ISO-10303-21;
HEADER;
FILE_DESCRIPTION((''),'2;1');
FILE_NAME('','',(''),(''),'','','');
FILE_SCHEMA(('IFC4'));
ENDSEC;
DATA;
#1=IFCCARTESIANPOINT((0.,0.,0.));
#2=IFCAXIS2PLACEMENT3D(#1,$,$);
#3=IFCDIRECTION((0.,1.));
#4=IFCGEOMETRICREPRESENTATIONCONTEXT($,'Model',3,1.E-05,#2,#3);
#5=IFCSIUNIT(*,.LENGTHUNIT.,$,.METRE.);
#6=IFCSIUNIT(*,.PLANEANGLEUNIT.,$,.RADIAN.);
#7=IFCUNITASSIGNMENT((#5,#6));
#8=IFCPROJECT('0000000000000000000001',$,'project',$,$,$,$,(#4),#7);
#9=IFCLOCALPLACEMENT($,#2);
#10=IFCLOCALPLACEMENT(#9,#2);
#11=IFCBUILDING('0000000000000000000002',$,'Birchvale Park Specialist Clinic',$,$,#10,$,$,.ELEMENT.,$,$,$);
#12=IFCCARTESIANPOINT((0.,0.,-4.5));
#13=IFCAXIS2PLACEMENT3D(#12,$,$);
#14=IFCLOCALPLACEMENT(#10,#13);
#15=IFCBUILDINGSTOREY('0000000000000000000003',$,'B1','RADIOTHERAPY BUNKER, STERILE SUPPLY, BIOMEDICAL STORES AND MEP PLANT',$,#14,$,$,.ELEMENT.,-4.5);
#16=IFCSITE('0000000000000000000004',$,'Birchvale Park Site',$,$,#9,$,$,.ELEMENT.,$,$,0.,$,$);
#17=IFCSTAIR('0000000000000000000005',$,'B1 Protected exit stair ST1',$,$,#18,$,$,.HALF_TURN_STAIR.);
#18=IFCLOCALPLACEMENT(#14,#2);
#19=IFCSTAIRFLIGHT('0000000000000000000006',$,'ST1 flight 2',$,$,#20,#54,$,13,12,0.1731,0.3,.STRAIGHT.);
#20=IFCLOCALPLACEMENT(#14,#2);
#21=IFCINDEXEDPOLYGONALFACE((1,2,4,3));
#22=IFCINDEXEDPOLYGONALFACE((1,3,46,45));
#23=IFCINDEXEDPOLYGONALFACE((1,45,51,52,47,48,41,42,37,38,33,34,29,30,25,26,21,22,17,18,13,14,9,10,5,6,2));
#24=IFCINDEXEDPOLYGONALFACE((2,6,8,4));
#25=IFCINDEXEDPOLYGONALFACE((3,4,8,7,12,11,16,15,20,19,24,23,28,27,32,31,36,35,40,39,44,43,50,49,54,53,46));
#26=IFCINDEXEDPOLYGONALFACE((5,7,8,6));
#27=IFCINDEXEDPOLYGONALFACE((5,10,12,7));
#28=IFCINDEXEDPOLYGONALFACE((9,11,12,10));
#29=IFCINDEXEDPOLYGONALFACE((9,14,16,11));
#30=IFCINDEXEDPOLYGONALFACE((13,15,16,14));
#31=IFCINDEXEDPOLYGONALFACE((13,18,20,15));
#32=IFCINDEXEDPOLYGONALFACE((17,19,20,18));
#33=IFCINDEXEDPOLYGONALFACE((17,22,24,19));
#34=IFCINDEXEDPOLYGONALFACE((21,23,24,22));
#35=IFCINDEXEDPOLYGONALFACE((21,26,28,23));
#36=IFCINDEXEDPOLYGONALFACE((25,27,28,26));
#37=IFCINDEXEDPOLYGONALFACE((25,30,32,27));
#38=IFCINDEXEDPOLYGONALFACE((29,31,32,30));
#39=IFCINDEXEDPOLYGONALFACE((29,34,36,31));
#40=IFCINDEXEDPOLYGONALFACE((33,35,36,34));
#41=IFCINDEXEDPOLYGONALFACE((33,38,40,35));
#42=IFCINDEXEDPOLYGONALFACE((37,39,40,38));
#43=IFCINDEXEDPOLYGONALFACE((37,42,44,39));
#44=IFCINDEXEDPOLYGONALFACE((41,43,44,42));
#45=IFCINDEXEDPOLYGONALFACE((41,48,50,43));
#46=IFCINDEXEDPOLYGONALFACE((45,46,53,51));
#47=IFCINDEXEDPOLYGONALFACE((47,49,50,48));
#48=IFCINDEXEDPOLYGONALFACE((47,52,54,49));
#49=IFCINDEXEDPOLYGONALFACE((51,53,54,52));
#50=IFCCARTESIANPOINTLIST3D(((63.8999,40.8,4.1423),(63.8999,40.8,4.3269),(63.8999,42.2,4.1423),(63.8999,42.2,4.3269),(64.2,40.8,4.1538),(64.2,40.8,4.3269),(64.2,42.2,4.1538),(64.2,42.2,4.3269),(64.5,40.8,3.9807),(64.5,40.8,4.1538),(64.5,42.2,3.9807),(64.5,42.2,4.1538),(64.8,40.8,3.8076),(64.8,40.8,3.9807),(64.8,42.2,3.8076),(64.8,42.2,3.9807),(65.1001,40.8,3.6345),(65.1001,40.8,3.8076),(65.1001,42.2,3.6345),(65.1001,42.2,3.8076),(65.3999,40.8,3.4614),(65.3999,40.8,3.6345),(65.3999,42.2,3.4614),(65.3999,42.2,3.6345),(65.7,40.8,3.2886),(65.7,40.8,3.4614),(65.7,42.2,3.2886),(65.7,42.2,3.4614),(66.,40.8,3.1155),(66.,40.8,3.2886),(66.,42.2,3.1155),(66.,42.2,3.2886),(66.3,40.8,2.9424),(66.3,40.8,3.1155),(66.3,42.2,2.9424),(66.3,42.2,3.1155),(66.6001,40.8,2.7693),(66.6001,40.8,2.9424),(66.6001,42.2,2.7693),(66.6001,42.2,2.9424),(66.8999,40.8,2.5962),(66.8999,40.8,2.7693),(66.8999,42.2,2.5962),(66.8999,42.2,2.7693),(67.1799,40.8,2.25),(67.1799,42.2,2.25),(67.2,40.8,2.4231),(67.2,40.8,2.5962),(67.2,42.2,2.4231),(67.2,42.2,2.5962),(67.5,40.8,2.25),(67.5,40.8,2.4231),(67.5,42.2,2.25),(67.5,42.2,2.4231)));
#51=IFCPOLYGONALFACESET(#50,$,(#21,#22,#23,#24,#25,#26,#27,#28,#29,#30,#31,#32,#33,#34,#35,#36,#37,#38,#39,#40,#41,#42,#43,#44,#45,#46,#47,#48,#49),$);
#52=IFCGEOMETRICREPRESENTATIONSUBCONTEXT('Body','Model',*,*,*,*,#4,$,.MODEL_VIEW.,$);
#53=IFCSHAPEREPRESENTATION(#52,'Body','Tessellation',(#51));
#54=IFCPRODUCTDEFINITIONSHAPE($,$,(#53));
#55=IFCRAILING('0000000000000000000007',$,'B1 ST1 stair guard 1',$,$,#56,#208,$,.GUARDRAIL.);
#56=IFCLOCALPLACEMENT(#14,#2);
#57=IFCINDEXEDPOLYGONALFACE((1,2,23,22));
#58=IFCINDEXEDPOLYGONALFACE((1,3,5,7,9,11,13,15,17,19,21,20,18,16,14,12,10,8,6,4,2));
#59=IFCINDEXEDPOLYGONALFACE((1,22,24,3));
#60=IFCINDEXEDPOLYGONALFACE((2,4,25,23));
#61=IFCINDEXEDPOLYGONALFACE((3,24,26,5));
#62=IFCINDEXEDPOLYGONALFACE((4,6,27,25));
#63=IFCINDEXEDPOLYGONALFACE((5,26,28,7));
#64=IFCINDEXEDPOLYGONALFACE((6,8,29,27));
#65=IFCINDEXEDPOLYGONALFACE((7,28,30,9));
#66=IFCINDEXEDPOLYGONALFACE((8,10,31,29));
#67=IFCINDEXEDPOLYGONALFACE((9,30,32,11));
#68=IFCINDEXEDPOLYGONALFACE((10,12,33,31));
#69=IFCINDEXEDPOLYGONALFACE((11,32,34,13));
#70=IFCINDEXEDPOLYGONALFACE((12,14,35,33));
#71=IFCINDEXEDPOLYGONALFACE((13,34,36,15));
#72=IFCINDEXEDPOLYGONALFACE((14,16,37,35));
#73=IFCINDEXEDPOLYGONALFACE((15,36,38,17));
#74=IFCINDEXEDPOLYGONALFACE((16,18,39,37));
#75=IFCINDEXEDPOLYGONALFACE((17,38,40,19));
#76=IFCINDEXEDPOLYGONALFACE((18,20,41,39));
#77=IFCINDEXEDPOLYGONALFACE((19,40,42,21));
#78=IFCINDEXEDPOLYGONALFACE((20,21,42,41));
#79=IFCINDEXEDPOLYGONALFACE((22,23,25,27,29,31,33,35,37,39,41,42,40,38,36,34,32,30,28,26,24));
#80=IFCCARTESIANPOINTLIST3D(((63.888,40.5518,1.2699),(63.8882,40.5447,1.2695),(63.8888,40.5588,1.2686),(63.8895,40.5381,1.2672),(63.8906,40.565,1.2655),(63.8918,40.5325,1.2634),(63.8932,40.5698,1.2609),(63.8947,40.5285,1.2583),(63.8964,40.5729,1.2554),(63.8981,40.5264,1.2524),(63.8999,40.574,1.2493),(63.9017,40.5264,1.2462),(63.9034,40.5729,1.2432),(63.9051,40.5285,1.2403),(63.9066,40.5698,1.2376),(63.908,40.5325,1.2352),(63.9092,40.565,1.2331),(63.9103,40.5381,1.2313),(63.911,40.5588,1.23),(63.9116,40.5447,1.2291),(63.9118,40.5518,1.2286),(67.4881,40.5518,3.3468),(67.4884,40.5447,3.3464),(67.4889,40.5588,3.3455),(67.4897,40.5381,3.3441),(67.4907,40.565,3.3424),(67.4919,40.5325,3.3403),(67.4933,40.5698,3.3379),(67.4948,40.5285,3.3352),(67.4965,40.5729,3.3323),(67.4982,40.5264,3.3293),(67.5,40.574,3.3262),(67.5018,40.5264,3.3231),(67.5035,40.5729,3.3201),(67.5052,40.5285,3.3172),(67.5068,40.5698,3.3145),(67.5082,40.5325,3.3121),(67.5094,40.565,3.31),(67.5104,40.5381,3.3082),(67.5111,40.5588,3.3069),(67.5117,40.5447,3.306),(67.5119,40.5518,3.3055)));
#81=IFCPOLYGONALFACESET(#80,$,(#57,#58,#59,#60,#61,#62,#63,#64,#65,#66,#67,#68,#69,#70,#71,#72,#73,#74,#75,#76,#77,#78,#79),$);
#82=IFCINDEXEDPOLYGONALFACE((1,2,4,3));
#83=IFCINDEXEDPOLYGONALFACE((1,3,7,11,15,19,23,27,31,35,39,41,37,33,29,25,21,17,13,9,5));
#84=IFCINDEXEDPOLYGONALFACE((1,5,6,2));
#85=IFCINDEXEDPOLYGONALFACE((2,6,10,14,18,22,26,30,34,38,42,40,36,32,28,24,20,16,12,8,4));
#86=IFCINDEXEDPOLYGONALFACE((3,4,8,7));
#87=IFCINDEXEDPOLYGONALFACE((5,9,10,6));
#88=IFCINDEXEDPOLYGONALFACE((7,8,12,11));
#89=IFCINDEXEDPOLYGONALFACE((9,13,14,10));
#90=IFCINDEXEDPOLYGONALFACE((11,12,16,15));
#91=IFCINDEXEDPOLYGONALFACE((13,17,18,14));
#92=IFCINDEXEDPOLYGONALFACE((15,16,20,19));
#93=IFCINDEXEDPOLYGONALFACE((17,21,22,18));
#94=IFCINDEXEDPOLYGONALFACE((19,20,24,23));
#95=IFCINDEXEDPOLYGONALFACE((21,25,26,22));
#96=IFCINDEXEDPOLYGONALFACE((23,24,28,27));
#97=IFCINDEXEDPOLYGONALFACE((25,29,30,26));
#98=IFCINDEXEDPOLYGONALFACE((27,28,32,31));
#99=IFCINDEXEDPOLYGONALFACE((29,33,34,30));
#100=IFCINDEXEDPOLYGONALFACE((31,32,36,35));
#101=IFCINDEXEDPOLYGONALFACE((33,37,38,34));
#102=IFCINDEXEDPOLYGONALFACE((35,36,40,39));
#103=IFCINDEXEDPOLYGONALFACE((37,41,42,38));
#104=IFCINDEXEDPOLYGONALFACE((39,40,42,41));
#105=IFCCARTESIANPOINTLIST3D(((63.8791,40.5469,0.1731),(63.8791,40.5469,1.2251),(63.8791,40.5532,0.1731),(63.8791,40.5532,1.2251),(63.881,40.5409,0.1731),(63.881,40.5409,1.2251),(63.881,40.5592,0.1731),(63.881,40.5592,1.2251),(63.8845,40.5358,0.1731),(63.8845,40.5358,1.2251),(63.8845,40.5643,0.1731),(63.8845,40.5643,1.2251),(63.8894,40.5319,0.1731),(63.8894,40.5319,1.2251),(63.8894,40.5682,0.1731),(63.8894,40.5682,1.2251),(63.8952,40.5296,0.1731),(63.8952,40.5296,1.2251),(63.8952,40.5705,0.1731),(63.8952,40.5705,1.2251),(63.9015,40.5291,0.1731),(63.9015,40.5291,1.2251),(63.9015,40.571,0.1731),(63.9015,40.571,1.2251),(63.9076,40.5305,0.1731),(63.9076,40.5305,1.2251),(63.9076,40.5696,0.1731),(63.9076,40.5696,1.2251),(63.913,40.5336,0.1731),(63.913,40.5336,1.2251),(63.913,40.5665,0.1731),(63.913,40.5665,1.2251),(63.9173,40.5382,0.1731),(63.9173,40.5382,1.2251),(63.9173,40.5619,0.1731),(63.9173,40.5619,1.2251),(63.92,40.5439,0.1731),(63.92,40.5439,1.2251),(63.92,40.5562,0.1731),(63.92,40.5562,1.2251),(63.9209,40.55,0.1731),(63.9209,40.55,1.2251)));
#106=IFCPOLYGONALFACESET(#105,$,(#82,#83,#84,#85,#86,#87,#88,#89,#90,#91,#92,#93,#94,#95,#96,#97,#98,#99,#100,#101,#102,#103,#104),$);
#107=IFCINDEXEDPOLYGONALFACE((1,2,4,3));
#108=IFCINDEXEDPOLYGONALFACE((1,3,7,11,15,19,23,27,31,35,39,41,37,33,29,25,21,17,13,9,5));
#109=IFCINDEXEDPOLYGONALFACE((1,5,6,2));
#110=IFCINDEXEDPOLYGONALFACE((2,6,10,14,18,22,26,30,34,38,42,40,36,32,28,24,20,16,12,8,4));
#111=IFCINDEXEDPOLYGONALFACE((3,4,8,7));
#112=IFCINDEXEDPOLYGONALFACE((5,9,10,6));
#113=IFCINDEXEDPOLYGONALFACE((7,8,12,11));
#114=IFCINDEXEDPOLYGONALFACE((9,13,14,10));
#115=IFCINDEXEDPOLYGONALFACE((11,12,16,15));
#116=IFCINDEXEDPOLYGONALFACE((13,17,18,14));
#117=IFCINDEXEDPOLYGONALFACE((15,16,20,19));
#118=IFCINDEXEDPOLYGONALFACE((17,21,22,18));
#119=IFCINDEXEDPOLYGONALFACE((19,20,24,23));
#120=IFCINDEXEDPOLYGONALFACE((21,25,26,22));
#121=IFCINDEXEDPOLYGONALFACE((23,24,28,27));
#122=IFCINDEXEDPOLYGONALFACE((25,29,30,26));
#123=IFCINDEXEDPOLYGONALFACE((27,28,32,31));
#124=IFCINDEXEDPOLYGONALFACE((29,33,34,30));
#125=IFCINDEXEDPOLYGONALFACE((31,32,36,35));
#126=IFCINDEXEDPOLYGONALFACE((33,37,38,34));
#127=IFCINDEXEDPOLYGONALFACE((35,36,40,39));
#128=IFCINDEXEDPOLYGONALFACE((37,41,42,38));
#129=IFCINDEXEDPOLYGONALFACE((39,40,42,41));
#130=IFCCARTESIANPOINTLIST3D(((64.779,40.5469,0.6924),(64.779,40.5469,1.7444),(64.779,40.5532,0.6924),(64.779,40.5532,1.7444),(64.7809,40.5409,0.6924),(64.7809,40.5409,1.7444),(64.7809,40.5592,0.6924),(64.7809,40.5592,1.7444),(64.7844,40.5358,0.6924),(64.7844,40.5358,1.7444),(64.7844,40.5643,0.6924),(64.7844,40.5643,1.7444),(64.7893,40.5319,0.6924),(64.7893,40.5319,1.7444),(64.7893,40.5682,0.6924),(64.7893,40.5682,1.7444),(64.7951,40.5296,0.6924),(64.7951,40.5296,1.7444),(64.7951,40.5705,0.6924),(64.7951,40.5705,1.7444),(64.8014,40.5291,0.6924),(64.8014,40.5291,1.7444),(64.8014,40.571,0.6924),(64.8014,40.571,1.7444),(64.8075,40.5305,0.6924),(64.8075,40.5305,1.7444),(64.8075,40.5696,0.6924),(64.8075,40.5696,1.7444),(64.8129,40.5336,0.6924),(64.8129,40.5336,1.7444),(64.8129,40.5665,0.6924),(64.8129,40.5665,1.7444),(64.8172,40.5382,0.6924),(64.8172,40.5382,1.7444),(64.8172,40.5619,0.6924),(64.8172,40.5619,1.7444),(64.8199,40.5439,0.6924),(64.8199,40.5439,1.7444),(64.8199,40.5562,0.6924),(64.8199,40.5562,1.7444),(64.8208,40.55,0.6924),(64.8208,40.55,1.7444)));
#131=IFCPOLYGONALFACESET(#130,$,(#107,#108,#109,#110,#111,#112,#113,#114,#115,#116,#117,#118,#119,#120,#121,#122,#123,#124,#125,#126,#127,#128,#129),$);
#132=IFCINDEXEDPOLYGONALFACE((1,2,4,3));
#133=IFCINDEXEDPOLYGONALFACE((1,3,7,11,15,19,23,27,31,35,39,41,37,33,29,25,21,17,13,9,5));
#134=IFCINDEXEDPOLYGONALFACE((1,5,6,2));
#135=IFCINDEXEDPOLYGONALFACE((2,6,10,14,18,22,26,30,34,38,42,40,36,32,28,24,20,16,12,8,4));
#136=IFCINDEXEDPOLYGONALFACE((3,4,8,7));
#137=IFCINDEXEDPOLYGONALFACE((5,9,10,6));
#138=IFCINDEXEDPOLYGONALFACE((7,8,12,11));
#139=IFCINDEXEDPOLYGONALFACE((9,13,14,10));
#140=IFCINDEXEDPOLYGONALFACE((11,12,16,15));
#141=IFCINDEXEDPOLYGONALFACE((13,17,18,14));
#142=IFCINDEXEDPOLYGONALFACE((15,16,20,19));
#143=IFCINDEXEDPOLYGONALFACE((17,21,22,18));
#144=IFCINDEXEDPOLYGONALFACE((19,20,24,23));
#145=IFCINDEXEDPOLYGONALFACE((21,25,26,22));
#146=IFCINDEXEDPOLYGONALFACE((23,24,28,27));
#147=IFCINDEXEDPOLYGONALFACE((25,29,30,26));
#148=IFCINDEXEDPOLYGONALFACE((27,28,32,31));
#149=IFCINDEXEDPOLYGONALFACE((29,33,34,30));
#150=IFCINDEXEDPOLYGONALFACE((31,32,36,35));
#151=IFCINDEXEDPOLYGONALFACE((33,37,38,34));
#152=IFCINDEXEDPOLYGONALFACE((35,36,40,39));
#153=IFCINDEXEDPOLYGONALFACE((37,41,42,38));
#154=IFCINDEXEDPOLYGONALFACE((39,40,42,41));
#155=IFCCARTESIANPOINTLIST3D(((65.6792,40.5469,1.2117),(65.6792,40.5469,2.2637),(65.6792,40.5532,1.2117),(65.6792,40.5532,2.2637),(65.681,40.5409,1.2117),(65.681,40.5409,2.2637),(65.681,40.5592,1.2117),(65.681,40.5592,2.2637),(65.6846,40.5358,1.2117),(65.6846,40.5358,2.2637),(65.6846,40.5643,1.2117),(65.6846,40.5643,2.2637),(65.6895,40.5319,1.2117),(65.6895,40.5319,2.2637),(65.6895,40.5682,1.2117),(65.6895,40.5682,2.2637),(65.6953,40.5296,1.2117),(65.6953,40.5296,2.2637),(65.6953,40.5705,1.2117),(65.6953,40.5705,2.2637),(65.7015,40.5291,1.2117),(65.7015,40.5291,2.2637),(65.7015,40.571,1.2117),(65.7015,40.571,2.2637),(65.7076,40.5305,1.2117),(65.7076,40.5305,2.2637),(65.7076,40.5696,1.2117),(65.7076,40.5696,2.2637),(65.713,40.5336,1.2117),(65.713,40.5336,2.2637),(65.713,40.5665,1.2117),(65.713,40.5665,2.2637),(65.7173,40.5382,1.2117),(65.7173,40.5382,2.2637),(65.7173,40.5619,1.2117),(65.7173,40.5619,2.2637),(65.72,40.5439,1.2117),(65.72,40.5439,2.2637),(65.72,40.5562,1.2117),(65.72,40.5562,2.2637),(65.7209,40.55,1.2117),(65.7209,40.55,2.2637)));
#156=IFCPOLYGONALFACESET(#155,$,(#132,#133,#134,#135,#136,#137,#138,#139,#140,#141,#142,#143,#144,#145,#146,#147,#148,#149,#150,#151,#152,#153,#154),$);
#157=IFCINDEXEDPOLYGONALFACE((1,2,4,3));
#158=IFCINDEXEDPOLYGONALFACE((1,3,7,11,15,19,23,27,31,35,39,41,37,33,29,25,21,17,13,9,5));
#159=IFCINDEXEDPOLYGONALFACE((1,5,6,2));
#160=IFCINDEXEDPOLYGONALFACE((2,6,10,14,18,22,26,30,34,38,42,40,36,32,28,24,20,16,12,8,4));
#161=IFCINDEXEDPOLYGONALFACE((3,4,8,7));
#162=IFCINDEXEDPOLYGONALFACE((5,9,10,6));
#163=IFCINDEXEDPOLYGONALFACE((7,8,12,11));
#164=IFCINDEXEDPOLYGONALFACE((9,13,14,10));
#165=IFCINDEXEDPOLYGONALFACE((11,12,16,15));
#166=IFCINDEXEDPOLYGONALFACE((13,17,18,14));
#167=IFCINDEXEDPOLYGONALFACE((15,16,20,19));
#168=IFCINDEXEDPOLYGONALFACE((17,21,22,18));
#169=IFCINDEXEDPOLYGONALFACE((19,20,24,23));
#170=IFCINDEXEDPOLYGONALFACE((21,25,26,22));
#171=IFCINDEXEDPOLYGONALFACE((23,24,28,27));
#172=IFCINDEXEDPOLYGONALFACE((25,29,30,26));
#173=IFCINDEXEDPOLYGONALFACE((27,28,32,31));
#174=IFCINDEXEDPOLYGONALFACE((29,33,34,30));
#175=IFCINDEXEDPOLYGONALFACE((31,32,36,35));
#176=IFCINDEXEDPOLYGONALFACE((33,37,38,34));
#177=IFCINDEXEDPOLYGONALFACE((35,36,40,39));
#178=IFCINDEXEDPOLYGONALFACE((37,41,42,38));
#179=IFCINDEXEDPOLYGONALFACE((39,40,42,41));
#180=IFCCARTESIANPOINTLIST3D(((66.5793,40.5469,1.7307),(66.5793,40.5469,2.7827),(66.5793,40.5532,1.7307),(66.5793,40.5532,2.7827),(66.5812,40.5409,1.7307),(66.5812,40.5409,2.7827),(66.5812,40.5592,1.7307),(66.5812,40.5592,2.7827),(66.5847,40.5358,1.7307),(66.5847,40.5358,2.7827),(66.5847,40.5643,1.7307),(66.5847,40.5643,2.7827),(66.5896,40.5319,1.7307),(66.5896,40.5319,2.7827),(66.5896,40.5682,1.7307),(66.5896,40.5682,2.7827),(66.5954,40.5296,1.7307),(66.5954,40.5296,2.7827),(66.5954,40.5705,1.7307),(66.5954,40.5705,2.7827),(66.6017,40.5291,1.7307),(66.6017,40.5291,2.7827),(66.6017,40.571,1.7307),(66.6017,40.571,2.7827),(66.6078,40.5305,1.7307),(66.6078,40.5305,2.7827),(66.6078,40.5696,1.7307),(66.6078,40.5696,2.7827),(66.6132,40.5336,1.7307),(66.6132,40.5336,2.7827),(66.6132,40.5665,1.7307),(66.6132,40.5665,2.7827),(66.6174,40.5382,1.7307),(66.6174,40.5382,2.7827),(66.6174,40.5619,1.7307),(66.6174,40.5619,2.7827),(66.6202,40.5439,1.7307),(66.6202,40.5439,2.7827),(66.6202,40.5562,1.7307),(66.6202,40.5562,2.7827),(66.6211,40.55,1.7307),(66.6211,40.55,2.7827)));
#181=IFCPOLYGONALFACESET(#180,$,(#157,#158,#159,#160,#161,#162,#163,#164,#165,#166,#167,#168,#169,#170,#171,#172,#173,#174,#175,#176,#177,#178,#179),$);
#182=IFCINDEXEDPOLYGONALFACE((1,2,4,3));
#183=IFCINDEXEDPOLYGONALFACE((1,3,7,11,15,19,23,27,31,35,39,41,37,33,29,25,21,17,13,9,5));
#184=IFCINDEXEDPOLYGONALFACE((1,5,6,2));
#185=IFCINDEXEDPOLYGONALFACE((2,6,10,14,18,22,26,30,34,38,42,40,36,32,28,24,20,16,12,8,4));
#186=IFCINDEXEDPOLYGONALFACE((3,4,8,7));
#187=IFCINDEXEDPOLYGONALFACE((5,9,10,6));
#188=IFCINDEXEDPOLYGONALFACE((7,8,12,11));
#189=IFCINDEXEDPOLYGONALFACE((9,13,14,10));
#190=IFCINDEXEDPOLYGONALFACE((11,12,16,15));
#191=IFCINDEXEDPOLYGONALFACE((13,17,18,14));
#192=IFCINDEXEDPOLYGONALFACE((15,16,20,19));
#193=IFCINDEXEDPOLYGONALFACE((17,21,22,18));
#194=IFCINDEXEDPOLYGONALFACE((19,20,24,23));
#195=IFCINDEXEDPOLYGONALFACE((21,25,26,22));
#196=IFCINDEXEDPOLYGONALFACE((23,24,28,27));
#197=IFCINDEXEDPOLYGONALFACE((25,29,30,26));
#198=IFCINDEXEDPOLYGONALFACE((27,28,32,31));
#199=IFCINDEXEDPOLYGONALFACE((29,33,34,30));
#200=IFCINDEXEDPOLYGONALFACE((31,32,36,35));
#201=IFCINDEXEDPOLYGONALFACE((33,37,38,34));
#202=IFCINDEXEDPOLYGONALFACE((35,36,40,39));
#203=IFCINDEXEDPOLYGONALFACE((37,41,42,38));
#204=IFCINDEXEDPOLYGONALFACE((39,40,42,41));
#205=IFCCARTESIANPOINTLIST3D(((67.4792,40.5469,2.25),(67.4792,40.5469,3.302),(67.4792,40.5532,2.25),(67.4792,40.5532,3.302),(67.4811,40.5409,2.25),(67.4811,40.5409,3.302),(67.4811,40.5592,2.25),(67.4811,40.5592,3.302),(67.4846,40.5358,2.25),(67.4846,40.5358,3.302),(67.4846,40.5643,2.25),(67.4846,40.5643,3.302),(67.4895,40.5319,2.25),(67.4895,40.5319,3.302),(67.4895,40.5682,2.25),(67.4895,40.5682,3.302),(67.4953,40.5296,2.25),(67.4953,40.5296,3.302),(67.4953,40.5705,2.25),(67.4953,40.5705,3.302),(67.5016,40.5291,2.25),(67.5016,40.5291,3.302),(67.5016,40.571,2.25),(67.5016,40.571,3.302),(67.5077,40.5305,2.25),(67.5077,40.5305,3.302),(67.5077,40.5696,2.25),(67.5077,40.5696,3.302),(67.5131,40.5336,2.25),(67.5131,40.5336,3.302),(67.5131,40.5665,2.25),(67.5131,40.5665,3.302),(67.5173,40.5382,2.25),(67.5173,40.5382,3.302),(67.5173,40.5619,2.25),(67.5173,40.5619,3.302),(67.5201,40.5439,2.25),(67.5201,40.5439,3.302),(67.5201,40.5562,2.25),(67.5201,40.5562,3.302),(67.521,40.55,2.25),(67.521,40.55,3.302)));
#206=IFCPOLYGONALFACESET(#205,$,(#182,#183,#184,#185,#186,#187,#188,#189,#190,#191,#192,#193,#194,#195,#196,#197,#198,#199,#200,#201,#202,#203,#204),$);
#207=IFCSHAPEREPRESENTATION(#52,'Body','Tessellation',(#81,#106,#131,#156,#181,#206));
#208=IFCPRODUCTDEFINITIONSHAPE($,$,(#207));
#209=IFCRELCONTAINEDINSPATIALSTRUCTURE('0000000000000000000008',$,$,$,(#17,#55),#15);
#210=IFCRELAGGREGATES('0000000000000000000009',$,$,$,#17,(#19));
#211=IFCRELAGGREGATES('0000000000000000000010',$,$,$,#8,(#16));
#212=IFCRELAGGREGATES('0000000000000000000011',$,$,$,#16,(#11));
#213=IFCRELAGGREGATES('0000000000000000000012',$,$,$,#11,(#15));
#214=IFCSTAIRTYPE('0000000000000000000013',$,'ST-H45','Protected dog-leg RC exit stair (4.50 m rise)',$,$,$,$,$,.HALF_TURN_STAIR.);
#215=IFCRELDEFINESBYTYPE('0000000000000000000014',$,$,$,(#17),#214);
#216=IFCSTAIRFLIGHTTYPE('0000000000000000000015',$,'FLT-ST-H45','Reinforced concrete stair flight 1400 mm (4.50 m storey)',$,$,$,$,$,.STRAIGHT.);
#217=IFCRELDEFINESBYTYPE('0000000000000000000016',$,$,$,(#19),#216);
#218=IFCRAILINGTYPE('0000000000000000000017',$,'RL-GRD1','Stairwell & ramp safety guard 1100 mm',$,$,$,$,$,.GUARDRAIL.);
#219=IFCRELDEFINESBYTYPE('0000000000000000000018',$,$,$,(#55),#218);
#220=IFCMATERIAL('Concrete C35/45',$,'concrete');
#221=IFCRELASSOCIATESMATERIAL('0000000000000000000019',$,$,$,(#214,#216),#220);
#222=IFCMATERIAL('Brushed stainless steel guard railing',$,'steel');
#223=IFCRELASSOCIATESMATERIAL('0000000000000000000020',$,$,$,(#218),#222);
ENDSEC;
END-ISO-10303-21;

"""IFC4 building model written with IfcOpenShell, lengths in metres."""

from ifc_helpers import new_model, si_unit, direction, frame, origin, origin_2d, place, context, subcontext, project, spatial, polyline, circle, outline, extrude, material, type_object, element, aggregate, save


model = new_model("IFC4")

# Units and contexts
model_context = context("Model", 3, precision=1e-05, world=origin(), true_north=direction((0.0, 1.0)))
body_context = subcontext(model_context, "Body", "Model", "MODEL_VIEW")
ifc_project = project(units=[si_unit("LENGTHUNIT", "METRE"), si_unit("PLANEANGLEUNIT", "RADIAN")], contexts=[model_context])

# Site, building, storey
site_placement = place(None, origin())
site = spatial("IfcSite", under=ifc_project, at=site_placement, Name="Birchvale Park Site", CompositionType="ELEMENT", RefElevation=0.0)
building_placement = place(site_placement, origin())
building = spatial("IfcBuilding", under=site, at=building_placement, Name="Birchvale Park Specialist Clinic", CompositionType="ELEMENT")
storey_placement = place(building_placement, frame((0.0, 0.0, -4.5)))
storey = spatial("IfcBuildingStorey", under=building, at=storey_placement, Name="B1", Description="RADIOTHERAPY BUNKER, STERILE SUPPLY, BIOMEDICAL STORES AND MEP PLANT", CompositionType="ELEMENT", Elevation=-4.5)

# Stair, stair flight
ifc_material_1 = material(Name="Concrete C35/45", Category="concrete")
stair_type = type_object("IfcStairType", Name="ST-H45", Description="Protected dog-leg RC exit stair (4.50 m rise)", PredefinedType="HALF_TURN_STAIR", material=ifc_material_1)
stair_placement = place(storey_placement, origin())
stair = element("IfcStair", 1, at=stair_placement, inside=storey, type_object=stair_type, Name="B1 Protected exit stair ST1", PredefinedType="HALF_TURN_STAIR")
stair_flight_type = type_object("IfcStairFlightType", Name="FLT-ST-H45", Description="Reinforced concrete stair flight 1400 mm (4.50 m storey)", PredefinedType="STRAIGHT", material=ifc_material_1)
stair_flight_1_placement = place(storey_placement, frame((67.5, 41.5, 2.25), z_axis=(0.0, 0.0, 1.0), x_axis=(-1.0, 0.0, 0.0)))
stair_flight_1 = element("IfcStairFlight", 2, at=stair_flight_1_placement, type_object=stair_flight_type, Name="ST1 flight 2", NumberOfRisers=13, NumberOfTreads=12, PredefinedType="STRAIGHT", RiserHeight=0.1731, TreadLength=0.3, context=body_context, shape_type="SweptSolid", body=[
    extrude(outline(polyline([(0.0, 0.0), (0.0, 0.1731), (0.3, 0.1731), (0.3, 0.3462), (0.6001, 0.3462), (0.6001, 0.5193), (0.8999, 0.5193), (0.8999, 0.6924), (1.2, 0.6924), (1.2, 0.8655), (1.5, 0.8655), (1.5, 1.0386), (1.8, 1.0386), (1.8, 1.2114), (2.1001, 1.2114), (2.1001, 1.3845), (2.3999, 1.3845), (2.3999, 1.5576), (2.7, 1.5576), (2.7, 1.7307), (3.0, 1.7307), (3.0, 1.9038), (3.3, 1.9038), (3.3, 2.0769), (3.6001, 2.0769), (3.6001, 2.25), (3.6001, 1.8923), (0.3201, 0.0), (0.0, 0.0)])), frame((0.0, 0.7, 0.0), z_axis=(0.0, -1.0, 0.0), x_axis=(1.0, 0.0, 0.0)), (0.0, 0.0, 1.0), 1.3999),
])
aggregate(stair, [stair_flight_1])

# Railing
ifc_material_2 = material(Name="Brushed stainless steel guard railing", Category="steel")
railing_type_1 = type_object("IfcRailingType", Name="RL-GRD1", Description="Stairwell & ramp safety guard 1100 mm", PredefinedType="GUARDRAIL", material=ifc_material_2)
railing_1_placement = place(storey_placement, frame((63.8999, 40.55, 0.1731)))
element("IfcRailing", 3, at=railing_1_placement, inside=storey, type_object=railing_type_1, Name="B1 ST1 stair guard 1", PredefinedType="GUARDRAIL", context=body_context, shape_type="SweptSolid", body=[
    extrude(circle(Radius=0.0239, at=origin_2d()), frame((0.0, 0.0, 1.0762), z_axis=(0.866193, 0.0, 0.499709), x_axis=(0.0, 1.0, 0.0)), (0.0, 0.0, 1.0), 4.1562),
    extrude(circle(Radius=0.021, at=origin_2d()), origin(), (0.0, 0.0, 1.0), 1.052),
    extrude(circle(Radius=0.021, at=origin_2d()), frame((0.8999, 0.0, 0.5193)), (0.0, 0.0, 1.0), 1.052),
    extrude(circle(Radius=0.021, at=origin_2d()), frame((1.8, 0.0, 1.0386)), (0.0, 0.0, 1.0), 1.052),
    extrude(circle(Radius=0.021, at=origin_2d()), frame((2.7002, 0.0, 1.5576)), (0.0, 0.0, 1.0), 1.052),
    extrude(circle(Radius=0.021, at=origin_2d()), frame((3.6001, 0.0, 2.0769)), (0.0, 0.0, 1.0), 1.052),
])

save(model, "model.ifc")
